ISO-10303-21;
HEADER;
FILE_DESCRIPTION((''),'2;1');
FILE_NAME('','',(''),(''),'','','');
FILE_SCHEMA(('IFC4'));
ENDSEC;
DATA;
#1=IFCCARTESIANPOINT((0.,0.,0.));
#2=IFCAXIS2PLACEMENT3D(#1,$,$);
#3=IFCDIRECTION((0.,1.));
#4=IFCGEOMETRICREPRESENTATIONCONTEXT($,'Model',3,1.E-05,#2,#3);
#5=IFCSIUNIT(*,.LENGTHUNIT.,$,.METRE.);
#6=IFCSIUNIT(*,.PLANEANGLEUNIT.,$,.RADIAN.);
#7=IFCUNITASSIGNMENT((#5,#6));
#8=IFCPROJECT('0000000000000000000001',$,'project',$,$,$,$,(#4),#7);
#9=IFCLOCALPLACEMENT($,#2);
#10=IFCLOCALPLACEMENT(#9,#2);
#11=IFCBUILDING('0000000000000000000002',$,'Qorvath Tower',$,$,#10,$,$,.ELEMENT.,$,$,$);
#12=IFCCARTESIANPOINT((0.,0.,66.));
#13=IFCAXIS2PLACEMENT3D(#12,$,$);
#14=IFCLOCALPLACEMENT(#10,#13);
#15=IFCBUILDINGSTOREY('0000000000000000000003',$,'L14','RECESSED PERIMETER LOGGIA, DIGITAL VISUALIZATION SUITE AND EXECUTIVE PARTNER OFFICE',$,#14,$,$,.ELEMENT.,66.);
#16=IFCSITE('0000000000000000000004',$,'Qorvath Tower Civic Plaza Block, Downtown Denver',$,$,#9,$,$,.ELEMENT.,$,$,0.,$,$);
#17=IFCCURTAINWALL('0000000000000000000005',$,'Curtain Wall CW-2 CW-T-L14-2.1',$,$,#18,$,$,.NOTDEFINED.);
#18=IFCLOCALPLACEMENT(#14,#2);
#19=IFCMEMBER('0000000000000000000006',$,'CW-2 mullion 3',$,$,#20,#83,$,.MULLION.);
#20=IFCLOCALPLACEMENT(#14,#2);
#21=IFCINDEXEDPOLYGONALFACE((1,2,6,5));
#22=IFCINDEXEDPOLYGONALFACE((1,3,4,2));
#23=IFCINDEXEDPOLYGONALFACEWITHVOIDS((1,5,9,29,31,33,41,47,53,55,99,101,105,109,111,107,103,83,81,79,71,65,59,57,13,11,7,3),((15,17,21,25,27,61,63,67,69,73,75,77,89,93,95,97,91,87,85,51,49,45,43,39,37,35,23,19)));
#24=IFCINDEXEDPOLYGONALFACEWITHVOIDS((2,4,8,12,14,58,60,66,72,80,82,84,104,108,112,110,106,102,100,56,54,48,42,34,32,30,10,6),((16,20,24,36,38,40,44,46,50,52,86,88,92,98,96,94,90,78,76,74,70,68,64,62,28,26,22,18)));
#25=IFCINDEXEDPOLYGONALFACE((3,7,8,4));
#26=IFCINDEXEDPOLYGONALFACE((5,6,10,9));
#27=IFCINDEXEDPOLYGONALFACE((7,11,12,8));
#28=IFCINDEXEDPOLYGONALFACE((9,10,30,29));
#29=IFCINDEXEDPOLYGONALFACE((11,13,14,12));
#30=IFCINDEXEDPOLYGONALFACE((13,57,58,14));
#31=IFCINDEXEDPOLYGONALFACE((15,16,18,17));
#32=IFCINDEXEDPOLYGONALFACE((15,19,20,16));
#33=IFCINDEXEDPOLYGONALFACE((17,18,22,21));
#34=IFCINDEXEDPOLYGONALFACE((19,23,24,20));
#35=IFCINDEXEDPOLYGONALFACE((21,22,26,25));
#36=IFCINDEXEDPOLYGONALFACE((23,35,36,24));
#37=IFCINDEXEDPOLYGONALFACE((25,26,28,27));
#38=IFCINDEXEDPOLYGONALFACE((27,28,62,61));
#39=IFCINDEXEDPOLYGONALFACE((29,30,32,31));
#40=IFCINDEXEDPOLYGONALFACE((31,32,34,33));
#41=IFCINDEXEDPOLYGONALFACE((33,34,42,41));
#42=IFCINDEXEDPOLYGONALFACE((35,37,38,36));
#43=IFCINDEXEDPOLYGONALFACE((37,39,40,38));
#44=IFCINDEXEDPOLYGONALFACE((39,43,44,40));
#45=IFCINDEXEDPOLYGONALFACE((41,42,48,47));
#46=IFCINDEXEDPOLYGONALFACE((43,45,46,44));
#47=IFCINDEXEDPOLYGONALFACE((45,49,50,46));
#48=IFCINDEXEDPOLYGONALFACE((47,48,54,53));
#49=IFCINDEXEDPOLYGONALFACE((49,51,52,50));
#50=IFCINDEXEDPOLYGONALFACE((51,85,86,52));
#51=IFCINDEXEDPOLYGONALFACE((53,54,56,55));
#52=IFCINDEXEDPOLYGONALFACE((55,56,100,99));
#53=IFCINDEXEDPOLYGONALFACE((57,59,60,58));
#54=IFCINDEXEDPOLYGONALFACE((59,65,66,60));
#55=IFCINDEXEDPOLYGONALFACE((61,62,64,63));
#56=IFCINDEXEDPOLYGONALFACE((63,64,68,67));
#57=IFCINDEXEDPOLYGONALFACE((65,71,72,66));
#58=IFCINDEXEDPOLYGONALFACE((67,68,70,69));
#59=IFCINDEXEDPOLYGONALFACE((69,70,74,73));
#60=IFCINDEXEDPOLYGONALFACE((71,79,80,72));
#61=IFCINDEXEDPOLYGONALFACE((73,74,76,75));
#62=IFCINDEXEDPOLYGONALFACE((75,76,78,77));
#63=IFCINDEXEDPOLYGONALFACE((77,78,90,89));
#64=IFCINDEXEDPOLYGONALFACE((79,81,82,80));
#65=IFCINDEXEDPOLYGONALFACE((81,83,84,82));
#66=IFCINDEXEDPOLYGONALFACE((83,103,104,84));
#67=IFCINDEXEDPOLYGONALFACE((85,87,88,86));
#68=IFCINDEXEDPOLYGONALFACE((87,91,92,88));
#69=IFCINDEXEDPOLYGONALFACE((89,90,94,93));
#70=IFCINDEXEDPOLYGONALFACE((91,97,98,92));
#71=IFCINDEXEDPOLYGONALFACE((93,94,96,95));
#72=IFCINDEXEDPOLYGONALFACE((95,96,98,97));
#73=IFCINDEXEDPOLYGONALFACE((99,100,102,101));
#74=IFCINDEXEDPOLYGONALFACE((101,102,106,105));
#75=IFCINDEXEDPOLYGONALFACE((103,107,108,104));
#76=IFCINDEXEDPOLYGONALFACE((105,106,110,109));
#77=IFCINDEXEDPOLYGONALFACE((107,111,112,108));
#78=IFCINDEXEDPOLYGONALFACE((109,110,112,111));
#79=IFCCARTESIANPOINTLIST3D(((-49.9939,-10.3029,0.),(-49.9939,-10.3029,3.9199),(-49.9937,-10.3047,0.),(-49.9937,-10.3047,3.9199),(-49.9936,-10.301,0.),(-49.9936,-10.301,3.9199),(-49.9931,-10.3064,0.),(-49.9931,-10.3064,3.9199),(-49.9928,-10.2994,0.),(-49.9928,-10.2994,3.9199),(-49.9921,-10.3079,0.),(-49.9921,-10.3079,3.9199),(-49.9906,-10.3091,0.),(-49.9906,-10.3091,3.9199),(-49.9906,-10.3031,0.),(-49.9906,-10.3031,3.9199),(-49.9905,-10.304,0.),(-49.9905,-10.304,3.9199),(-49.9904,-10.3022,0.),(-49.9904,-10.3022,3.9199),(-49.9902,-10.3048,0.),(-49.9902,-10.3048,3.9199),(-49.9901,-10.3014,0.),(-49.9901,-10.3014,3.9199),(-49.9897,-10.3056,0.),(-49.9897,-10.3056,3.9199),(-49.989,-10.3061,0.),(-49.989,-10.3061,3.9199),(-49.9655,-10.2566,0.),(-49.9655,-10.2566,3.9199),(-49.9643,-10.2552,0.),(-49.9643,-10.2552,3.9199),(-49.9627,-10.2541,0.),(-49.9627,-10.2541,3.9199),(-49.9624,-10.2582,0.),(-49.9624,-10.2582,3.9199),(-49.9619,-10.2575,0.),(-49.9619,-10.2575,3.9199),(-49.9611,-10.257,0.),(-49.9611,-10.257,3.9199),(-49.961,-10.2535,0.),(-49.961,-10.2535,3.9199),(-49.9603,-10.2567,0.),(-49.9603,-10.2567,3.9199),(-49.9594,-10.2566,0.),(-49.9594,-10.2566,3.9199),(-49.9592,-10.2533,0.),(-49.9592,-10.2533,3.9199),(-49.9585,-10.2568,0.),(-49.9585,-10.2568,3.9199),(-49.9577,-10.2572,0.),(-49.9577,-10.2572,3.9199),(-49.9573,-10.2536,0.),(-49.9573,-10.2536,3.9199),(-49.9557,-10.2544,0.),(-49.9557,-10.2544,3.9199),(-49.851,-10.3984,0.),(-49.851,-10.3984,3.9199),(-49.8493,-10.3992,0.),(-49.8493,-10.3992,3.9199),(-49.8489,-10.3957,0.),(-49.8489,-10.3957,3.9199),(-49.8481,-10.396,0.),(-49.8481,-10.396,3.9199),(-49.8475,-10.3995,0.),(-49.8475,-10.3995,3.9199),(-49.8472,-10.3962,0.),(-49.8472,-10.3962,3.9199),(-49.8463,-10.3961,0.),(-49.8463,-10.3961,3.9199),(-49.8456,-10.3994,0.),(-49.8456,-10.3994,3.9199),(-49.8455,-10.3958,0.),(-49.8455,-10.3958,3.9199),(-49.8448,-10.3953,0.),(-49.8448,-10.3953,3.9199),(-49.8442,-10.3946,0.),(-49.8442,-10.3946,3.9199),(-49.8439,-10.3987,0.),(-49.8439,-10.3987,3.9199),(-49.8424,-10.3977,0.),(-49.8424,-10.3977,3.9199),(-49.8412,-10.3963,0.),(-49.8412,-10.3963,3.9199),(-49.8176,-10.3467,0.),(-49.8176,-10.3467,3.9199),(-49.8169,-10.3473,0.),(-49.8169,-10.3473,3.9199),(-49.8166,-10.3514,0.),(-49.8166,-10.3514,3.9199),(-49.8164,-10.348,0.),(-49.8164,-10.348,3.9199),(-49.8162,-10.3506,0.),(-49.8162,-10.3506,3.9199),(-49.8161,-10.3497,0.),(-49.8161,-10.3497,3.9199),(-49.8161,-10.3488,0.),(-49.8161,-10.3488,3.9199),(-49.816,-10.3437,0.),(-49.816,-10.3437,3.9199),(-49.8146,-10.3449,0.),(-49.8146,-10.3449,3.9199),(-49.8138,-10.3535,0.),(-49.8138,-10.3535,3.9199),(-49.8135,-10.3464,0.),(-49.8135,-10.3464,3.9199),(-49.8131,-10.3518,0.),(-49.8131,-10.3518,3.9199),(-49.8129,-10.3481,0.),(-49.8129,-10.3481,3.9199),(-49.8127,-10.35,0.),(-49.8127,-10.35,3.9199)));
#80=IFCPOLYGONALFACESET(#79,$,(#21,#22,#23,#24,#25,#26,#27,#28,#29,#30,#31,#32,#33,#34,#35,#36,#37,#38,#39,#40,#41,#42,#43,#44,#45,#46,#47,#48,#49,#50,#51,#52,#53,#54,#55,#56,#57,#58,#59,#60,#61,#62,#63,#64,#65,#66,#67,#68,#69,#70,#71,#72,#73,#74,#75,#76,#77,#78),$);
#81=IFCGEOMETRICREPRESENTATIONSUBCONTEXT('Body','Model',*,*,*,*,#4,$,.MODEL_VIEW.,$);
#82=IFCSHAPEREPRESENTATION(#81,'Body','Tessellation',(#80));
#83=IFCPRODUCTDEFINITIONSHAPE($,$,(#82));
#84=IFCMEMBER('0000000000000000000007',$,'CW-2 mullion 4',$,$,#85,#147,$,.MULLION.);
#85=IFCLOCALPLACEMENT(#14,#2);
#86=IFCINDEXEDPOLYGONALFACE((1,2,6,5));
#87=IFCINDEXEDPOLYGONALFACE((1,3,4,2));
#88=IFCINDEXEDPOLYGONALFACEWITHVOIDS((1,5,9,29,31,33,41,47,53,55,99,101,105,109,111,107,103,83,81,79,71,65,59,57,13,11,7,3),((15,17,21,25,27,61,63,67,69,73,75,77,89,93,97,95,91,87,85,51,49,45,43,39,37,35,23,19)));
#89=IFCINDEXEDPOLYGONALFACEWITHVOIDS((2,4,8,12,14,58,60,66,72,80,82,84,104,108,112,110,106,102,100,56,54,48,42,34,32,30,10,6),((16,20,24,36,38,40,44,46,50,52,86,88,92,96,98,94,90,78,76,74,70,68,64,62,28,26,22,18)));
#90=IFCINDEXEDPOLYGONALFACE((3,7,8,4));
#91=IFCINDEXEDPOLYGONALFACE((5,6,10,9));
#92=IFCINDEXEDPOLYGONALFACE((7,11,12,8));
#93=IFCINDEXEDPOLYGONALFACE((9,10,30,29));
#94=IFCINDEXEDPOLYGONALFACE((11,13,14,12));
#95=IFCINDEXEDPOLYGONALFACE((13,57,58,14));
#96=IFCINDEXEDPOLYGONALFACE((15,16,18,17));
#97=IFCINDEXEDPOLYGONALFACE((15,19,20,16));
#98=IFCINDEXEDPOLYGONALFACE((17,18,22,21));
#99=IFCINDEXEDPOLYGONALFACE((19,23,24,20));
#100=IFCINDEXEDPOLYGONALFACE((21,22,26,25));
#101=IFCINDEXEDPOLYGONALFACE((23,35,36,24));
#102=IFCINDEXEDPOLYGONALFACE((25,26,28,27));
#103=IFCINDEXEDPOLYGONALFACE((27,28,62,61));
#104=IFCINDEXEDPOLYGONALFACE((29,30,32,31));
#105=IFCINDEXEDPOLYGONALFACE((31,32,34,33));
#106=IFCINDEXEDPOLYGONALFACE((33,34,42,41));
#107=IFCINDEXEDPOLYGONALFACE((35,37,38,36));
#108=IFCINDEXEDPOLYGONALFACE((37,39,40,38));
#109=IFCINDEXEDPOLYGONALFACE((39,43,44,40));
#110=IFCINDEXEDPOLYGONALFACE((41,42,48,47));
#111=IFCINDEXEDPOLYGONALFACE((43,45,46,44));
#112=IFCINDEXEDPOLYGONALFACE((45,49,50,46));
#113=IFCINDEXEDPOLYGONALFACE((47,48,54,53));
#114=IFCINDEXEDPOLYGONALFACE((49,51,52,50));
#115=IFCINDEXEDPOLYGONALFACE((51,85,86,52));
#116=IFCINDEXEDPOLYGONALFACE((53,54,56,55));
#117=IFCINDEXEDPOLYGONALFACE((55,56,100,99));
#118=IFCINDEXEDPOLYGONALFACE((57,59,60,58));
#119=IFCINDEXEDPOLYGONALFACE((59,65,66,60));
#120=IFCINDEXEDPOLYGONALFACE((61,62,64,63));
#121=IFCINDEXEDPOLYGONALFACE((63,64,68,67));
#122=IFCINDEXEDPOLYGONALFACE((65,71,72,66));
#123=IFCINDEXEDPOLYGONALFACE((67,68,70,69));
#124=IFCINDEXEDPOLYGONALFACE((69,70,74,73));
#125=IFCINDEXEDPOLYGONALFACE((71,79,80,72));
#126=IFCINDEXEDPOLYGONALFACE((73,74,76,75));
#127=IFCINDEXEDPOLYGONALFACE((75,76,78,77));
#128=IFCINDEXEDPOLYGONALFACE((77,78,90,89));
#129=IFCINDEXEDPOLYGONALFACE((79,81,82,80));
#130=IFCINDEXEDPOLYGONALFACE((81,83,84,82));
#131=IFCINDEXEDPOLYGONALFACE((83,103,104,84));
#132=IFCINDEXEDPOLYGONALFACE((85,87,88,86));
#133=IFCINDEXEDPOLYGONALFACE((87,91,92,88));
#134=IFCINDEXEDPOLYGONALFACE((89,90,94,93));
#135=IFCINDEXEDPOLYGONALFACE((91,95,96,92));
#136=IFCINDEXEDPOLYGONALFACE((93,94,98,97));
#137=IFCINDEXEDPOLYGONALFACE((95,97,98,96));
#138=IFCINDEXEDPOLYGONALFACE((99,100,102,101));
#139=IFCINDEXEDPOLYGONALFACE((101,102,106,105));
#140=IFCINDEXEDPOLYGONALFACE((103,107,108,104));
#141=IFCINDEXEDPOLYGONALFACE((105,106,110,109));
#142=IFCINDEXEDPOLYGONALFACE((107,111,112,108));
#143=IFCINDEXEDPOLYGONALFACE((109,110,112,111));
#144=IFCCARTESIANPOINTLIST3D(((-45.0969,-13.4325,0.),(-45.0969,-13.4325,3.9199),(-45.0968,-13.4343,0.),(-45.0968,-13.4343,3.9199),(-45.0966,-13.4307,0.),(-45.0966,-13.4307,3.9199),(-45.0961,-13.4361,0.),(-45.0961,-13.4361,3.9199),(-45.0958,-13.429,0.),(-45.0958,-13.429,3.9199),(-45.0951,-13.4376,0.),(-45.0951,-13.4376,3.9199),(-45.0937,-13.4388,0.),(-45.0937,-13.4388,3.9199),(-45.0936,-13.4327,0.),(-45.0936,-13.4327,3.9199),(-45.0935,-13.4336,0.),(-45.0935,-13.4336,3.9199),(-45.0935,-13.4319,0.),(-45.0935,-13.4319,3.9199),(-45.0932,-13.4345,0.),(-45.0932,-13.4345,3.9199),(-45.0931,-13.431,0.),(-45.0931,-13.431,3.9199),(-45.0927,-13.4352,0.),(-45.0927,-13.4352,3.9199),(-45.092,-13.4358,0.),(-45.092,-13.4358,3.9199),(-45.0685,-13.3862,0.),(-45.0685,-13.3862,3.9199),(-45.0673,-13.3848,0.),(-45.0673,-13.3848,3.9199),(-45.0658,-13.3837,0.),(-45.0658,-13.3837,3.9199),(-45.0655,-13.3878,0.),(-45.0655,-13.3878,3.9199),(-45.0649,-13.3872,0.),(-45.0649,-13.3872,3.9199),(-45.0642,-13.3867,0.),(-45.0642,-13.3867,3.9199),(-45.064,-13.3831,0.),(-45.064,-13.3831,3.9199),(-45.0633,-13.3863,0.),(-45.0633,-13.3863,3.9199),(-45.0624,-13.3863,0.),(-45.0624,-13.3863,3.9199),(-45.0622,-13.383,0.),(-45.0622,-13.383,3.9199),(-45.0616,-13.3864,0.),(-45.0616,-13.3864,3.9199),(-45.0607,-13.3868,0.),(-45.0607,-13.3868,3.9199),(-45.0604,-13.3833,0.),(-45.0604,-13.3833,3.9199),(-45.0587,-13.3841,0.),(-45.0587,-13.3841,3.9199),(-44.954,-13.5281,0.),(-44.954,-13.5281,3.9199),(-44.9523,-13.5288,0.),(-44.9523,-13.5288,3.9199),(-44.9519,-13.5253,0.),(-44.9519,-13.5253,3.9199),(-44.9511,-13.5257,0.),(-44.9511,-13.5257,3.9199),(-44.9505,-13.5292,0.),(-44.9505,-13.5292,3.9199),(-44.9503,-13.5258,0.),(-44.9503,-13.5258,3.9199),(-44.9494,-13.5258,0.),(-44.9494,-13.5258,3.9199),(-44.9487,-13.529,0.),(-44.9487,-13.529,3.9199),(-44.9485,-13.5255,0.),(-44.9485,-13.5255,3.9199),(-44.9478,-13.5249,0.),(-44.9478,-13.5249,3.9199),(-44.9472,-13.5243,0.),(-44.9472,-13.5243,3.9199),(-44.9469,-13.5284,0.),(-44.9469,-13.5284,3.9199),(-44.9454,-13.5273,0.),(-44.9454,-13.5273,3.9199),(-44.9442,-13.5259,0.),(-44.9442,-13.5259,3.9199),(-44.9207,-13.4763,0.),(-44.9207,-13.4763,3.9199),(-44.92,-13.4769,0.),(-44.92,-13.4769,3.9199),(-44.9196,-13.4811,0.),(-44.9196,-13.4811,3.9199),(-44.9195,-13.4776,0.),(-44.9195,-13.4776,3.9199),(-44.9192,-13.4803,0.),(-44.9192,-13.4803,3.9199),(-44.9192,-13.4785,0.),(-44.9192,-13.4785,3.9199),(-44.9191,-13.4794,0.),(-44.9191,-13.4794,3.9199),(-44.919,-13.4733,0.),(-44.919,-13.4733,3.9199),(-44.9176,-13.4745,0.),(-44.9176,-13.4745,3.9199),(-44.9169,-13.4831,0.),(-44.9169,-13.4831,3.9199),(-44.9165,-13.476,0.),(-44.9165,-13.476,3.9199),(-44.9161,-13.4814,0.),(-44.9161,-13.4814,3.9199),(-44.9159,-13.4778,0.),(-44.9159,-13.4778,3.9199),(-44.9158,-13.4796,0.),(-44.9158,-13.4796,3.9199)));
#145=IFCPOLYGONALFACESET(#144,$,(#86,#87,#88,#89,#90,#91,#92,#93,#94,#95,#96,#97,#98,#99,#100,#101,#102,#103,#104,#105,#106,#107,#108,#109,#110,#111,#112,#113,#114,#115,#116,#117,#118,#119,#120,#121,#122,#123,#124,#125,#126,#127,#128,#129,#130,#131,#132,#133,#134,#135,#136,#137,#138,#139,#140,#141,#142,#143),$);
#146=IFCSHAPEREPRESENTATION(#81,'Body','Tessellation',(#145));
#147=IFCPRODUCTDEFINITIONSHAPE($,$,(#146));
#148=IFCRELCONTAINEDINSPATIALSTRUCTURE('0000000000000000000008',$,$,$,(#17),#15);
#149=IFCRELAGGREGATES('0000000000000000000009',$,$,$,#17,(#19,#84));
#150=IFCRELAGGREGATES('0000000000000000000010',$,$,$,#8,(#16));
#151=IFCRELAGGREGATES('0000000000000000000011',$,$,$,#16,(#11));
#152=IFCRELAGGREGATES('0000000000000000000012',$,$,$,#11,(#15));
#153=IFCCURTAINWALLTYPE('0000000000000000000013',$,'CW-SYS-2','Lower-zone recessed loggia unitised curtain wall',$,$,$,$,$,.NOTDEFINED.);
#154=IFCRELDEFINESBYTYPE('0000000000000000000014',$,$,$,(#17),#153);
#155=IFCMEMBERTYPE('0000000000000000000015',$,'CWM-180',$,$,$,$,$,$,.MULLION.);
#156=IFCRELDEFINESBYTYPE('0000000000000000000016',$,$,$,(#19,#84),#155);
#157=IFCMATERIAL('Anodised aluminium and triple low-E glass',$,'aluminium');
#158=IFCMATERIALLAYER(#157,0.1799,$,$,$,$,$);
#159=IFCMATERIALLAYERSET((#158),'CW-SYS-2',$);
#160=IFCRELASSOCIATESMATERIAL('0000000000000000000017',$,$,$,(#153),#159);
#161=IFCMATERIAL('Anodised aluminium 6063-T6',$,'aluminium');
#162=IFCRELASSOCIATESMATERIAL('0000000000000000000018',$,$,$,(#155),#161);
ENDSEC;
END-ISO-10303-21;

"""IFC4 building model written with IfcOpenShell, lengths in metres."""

from ifc_helpers import new_model, si_unit, direction, frame, origin, origin_2d, place, context, subcontext, project, spatial, hollow_rectangle, extrude, material, layer, layer_set, material_profile, profile_set, type_object, element, aggregate, save


model = new_model("IFC4")

# Units and contexts
model_context = context("Model", 3, precision=1e-05, world=origin(), true_north=direction((0.0, 1.0)))
body_context = subcontext(model_context, "Body", "Model", "MODEL_VIEW")
ifc_project = project(units=[si_unit("LENGTHUNIT", "METRE"), si_unit("PLANEANGLEUNIT", "RADIAN")], contexts=[model_context])

# Site, building, storey
site_placement = place(None, origin())
site = spatial("IfcSite", under=ifc_project, at=site_placement, Name="Qorvath Tower Civic Plaza Block, Downtown Denver", CompositionType="ELEMENT", RefElevation=0.0)
building_placement = place(site_placement, origin())
building = spatial("IfcBuilding", under=site, at=building_placement, Name="Qorvath Tower", CompositionType="ELEMENT")
storey_placement = place(building_placement, frame((0.0, 0.0, 66.0)))
storey = spatial("IfcBuildingStorey", under=building, at=storey_placement, Name="L14", Description="RECESSED PERIMETER LOGGIA, DIGITAL VISUALIZATION SUITE AND EXECUTIVE PARTNER OFFICE", CompositionType="ELEMENT", Elevation=66.0)

# Curtain wall, members
ifc_material_1 = material(Name="Anodised aluminium and triple low-E glass", Category="aluminium")
ifc_layer_1 = layer(ifc_material_1, 0.1799)
ifc_layer_set_1 = layer_set([ifc_layer_1], Name="CW-SYS-2")
curtain_wall_type = type_object("IfcCurtainWallType", Name="CW-SYS-2", Description="Lower-zone recessed loggia unitised curtain wall", PredefinedType="NOTDEFINED", material=ifc_layer_set_1)
curtain_wall_placement = place(storey_placement, origin())
curtain_wall = element("IfcCurtainWall", 1, at=curtain_wall_placement, inside=storey, type_object=curtain_wall_type, Name="Curtain Wall CW-2 CW-T-L14-2.1", PredefinedType="NOTDEFINED")
ifc_material_2 = material(Name="Anodised aluminium 6063-T6", Category="aluminium")
ifc_material_profile_1 = material_profile(ifc_material_2, hollow_rectangle(XDim=0.0649, YDim=0.1799, WallThickness=0.0034, InnerFilletRadius=0.0034, OuterFilletRadius=0.0071, at=origin_2d()), Name="CWM 180x65")
ifc_profile_set_1 = profile_set([ifc_material_profile_1], Name="Anodised aluminium 6063-T6")
member_type_1 = type_object("IfcMemberType", Name="CWM-180", PredefinedType="MULLION", material=ifc_profile_set_1)
member_1_placement = place(storey_placement, frame((-49.9033, -10.3264, 0.0), z_axis=(0.0, 0.0, 1.0), x_axis=(0.538531, 0.842606, 0.0)))
member_1 = element("IfcMember", 2, at=member_1_placement, type_object=member_type_1, Name="CW-2 mullion 3", PredefinedType="MULLION", context=body_context, shape_type="SweptSolid", body=[
    extrude(hollow_rectangle(XDim=0.0649, YDim=0.1799, WallThickness=0.0034, InnerFilletRadius=0.0034, OuterFilletRadius=0.0071, at=origin_2d()), origin(), (0.0, 0.0, 1.0), 3.9199),
])
member_2_placement = place(storey_placement, frame((-45.0063, -13.4561, 0.0), z_axis=(0.0, 0.0, 1.0), x_axis=(0.538531, 0.842606, 0.0)))
member_2 = element("IfcMember", 3, at=member_2_placement, type_object=member_type_1, Name="CW-2 mullion 4", PredefinedType="MULLION", context=body_context, shape_type="SweptSolid", body=[
    extrude(hollow_rectangle(XDim=0.0649, YDim=0.1799, WallThickness=0.0034, InnerFilletRadius=0.0034, OuterFilletRadius=0.0071, at=origin_2d()), origin(), (0.0, 0.0, 1.0), 3.9199),
])
aggregate(curtain_wall, [member_1, member_2])

save(model, "model.ifc")
